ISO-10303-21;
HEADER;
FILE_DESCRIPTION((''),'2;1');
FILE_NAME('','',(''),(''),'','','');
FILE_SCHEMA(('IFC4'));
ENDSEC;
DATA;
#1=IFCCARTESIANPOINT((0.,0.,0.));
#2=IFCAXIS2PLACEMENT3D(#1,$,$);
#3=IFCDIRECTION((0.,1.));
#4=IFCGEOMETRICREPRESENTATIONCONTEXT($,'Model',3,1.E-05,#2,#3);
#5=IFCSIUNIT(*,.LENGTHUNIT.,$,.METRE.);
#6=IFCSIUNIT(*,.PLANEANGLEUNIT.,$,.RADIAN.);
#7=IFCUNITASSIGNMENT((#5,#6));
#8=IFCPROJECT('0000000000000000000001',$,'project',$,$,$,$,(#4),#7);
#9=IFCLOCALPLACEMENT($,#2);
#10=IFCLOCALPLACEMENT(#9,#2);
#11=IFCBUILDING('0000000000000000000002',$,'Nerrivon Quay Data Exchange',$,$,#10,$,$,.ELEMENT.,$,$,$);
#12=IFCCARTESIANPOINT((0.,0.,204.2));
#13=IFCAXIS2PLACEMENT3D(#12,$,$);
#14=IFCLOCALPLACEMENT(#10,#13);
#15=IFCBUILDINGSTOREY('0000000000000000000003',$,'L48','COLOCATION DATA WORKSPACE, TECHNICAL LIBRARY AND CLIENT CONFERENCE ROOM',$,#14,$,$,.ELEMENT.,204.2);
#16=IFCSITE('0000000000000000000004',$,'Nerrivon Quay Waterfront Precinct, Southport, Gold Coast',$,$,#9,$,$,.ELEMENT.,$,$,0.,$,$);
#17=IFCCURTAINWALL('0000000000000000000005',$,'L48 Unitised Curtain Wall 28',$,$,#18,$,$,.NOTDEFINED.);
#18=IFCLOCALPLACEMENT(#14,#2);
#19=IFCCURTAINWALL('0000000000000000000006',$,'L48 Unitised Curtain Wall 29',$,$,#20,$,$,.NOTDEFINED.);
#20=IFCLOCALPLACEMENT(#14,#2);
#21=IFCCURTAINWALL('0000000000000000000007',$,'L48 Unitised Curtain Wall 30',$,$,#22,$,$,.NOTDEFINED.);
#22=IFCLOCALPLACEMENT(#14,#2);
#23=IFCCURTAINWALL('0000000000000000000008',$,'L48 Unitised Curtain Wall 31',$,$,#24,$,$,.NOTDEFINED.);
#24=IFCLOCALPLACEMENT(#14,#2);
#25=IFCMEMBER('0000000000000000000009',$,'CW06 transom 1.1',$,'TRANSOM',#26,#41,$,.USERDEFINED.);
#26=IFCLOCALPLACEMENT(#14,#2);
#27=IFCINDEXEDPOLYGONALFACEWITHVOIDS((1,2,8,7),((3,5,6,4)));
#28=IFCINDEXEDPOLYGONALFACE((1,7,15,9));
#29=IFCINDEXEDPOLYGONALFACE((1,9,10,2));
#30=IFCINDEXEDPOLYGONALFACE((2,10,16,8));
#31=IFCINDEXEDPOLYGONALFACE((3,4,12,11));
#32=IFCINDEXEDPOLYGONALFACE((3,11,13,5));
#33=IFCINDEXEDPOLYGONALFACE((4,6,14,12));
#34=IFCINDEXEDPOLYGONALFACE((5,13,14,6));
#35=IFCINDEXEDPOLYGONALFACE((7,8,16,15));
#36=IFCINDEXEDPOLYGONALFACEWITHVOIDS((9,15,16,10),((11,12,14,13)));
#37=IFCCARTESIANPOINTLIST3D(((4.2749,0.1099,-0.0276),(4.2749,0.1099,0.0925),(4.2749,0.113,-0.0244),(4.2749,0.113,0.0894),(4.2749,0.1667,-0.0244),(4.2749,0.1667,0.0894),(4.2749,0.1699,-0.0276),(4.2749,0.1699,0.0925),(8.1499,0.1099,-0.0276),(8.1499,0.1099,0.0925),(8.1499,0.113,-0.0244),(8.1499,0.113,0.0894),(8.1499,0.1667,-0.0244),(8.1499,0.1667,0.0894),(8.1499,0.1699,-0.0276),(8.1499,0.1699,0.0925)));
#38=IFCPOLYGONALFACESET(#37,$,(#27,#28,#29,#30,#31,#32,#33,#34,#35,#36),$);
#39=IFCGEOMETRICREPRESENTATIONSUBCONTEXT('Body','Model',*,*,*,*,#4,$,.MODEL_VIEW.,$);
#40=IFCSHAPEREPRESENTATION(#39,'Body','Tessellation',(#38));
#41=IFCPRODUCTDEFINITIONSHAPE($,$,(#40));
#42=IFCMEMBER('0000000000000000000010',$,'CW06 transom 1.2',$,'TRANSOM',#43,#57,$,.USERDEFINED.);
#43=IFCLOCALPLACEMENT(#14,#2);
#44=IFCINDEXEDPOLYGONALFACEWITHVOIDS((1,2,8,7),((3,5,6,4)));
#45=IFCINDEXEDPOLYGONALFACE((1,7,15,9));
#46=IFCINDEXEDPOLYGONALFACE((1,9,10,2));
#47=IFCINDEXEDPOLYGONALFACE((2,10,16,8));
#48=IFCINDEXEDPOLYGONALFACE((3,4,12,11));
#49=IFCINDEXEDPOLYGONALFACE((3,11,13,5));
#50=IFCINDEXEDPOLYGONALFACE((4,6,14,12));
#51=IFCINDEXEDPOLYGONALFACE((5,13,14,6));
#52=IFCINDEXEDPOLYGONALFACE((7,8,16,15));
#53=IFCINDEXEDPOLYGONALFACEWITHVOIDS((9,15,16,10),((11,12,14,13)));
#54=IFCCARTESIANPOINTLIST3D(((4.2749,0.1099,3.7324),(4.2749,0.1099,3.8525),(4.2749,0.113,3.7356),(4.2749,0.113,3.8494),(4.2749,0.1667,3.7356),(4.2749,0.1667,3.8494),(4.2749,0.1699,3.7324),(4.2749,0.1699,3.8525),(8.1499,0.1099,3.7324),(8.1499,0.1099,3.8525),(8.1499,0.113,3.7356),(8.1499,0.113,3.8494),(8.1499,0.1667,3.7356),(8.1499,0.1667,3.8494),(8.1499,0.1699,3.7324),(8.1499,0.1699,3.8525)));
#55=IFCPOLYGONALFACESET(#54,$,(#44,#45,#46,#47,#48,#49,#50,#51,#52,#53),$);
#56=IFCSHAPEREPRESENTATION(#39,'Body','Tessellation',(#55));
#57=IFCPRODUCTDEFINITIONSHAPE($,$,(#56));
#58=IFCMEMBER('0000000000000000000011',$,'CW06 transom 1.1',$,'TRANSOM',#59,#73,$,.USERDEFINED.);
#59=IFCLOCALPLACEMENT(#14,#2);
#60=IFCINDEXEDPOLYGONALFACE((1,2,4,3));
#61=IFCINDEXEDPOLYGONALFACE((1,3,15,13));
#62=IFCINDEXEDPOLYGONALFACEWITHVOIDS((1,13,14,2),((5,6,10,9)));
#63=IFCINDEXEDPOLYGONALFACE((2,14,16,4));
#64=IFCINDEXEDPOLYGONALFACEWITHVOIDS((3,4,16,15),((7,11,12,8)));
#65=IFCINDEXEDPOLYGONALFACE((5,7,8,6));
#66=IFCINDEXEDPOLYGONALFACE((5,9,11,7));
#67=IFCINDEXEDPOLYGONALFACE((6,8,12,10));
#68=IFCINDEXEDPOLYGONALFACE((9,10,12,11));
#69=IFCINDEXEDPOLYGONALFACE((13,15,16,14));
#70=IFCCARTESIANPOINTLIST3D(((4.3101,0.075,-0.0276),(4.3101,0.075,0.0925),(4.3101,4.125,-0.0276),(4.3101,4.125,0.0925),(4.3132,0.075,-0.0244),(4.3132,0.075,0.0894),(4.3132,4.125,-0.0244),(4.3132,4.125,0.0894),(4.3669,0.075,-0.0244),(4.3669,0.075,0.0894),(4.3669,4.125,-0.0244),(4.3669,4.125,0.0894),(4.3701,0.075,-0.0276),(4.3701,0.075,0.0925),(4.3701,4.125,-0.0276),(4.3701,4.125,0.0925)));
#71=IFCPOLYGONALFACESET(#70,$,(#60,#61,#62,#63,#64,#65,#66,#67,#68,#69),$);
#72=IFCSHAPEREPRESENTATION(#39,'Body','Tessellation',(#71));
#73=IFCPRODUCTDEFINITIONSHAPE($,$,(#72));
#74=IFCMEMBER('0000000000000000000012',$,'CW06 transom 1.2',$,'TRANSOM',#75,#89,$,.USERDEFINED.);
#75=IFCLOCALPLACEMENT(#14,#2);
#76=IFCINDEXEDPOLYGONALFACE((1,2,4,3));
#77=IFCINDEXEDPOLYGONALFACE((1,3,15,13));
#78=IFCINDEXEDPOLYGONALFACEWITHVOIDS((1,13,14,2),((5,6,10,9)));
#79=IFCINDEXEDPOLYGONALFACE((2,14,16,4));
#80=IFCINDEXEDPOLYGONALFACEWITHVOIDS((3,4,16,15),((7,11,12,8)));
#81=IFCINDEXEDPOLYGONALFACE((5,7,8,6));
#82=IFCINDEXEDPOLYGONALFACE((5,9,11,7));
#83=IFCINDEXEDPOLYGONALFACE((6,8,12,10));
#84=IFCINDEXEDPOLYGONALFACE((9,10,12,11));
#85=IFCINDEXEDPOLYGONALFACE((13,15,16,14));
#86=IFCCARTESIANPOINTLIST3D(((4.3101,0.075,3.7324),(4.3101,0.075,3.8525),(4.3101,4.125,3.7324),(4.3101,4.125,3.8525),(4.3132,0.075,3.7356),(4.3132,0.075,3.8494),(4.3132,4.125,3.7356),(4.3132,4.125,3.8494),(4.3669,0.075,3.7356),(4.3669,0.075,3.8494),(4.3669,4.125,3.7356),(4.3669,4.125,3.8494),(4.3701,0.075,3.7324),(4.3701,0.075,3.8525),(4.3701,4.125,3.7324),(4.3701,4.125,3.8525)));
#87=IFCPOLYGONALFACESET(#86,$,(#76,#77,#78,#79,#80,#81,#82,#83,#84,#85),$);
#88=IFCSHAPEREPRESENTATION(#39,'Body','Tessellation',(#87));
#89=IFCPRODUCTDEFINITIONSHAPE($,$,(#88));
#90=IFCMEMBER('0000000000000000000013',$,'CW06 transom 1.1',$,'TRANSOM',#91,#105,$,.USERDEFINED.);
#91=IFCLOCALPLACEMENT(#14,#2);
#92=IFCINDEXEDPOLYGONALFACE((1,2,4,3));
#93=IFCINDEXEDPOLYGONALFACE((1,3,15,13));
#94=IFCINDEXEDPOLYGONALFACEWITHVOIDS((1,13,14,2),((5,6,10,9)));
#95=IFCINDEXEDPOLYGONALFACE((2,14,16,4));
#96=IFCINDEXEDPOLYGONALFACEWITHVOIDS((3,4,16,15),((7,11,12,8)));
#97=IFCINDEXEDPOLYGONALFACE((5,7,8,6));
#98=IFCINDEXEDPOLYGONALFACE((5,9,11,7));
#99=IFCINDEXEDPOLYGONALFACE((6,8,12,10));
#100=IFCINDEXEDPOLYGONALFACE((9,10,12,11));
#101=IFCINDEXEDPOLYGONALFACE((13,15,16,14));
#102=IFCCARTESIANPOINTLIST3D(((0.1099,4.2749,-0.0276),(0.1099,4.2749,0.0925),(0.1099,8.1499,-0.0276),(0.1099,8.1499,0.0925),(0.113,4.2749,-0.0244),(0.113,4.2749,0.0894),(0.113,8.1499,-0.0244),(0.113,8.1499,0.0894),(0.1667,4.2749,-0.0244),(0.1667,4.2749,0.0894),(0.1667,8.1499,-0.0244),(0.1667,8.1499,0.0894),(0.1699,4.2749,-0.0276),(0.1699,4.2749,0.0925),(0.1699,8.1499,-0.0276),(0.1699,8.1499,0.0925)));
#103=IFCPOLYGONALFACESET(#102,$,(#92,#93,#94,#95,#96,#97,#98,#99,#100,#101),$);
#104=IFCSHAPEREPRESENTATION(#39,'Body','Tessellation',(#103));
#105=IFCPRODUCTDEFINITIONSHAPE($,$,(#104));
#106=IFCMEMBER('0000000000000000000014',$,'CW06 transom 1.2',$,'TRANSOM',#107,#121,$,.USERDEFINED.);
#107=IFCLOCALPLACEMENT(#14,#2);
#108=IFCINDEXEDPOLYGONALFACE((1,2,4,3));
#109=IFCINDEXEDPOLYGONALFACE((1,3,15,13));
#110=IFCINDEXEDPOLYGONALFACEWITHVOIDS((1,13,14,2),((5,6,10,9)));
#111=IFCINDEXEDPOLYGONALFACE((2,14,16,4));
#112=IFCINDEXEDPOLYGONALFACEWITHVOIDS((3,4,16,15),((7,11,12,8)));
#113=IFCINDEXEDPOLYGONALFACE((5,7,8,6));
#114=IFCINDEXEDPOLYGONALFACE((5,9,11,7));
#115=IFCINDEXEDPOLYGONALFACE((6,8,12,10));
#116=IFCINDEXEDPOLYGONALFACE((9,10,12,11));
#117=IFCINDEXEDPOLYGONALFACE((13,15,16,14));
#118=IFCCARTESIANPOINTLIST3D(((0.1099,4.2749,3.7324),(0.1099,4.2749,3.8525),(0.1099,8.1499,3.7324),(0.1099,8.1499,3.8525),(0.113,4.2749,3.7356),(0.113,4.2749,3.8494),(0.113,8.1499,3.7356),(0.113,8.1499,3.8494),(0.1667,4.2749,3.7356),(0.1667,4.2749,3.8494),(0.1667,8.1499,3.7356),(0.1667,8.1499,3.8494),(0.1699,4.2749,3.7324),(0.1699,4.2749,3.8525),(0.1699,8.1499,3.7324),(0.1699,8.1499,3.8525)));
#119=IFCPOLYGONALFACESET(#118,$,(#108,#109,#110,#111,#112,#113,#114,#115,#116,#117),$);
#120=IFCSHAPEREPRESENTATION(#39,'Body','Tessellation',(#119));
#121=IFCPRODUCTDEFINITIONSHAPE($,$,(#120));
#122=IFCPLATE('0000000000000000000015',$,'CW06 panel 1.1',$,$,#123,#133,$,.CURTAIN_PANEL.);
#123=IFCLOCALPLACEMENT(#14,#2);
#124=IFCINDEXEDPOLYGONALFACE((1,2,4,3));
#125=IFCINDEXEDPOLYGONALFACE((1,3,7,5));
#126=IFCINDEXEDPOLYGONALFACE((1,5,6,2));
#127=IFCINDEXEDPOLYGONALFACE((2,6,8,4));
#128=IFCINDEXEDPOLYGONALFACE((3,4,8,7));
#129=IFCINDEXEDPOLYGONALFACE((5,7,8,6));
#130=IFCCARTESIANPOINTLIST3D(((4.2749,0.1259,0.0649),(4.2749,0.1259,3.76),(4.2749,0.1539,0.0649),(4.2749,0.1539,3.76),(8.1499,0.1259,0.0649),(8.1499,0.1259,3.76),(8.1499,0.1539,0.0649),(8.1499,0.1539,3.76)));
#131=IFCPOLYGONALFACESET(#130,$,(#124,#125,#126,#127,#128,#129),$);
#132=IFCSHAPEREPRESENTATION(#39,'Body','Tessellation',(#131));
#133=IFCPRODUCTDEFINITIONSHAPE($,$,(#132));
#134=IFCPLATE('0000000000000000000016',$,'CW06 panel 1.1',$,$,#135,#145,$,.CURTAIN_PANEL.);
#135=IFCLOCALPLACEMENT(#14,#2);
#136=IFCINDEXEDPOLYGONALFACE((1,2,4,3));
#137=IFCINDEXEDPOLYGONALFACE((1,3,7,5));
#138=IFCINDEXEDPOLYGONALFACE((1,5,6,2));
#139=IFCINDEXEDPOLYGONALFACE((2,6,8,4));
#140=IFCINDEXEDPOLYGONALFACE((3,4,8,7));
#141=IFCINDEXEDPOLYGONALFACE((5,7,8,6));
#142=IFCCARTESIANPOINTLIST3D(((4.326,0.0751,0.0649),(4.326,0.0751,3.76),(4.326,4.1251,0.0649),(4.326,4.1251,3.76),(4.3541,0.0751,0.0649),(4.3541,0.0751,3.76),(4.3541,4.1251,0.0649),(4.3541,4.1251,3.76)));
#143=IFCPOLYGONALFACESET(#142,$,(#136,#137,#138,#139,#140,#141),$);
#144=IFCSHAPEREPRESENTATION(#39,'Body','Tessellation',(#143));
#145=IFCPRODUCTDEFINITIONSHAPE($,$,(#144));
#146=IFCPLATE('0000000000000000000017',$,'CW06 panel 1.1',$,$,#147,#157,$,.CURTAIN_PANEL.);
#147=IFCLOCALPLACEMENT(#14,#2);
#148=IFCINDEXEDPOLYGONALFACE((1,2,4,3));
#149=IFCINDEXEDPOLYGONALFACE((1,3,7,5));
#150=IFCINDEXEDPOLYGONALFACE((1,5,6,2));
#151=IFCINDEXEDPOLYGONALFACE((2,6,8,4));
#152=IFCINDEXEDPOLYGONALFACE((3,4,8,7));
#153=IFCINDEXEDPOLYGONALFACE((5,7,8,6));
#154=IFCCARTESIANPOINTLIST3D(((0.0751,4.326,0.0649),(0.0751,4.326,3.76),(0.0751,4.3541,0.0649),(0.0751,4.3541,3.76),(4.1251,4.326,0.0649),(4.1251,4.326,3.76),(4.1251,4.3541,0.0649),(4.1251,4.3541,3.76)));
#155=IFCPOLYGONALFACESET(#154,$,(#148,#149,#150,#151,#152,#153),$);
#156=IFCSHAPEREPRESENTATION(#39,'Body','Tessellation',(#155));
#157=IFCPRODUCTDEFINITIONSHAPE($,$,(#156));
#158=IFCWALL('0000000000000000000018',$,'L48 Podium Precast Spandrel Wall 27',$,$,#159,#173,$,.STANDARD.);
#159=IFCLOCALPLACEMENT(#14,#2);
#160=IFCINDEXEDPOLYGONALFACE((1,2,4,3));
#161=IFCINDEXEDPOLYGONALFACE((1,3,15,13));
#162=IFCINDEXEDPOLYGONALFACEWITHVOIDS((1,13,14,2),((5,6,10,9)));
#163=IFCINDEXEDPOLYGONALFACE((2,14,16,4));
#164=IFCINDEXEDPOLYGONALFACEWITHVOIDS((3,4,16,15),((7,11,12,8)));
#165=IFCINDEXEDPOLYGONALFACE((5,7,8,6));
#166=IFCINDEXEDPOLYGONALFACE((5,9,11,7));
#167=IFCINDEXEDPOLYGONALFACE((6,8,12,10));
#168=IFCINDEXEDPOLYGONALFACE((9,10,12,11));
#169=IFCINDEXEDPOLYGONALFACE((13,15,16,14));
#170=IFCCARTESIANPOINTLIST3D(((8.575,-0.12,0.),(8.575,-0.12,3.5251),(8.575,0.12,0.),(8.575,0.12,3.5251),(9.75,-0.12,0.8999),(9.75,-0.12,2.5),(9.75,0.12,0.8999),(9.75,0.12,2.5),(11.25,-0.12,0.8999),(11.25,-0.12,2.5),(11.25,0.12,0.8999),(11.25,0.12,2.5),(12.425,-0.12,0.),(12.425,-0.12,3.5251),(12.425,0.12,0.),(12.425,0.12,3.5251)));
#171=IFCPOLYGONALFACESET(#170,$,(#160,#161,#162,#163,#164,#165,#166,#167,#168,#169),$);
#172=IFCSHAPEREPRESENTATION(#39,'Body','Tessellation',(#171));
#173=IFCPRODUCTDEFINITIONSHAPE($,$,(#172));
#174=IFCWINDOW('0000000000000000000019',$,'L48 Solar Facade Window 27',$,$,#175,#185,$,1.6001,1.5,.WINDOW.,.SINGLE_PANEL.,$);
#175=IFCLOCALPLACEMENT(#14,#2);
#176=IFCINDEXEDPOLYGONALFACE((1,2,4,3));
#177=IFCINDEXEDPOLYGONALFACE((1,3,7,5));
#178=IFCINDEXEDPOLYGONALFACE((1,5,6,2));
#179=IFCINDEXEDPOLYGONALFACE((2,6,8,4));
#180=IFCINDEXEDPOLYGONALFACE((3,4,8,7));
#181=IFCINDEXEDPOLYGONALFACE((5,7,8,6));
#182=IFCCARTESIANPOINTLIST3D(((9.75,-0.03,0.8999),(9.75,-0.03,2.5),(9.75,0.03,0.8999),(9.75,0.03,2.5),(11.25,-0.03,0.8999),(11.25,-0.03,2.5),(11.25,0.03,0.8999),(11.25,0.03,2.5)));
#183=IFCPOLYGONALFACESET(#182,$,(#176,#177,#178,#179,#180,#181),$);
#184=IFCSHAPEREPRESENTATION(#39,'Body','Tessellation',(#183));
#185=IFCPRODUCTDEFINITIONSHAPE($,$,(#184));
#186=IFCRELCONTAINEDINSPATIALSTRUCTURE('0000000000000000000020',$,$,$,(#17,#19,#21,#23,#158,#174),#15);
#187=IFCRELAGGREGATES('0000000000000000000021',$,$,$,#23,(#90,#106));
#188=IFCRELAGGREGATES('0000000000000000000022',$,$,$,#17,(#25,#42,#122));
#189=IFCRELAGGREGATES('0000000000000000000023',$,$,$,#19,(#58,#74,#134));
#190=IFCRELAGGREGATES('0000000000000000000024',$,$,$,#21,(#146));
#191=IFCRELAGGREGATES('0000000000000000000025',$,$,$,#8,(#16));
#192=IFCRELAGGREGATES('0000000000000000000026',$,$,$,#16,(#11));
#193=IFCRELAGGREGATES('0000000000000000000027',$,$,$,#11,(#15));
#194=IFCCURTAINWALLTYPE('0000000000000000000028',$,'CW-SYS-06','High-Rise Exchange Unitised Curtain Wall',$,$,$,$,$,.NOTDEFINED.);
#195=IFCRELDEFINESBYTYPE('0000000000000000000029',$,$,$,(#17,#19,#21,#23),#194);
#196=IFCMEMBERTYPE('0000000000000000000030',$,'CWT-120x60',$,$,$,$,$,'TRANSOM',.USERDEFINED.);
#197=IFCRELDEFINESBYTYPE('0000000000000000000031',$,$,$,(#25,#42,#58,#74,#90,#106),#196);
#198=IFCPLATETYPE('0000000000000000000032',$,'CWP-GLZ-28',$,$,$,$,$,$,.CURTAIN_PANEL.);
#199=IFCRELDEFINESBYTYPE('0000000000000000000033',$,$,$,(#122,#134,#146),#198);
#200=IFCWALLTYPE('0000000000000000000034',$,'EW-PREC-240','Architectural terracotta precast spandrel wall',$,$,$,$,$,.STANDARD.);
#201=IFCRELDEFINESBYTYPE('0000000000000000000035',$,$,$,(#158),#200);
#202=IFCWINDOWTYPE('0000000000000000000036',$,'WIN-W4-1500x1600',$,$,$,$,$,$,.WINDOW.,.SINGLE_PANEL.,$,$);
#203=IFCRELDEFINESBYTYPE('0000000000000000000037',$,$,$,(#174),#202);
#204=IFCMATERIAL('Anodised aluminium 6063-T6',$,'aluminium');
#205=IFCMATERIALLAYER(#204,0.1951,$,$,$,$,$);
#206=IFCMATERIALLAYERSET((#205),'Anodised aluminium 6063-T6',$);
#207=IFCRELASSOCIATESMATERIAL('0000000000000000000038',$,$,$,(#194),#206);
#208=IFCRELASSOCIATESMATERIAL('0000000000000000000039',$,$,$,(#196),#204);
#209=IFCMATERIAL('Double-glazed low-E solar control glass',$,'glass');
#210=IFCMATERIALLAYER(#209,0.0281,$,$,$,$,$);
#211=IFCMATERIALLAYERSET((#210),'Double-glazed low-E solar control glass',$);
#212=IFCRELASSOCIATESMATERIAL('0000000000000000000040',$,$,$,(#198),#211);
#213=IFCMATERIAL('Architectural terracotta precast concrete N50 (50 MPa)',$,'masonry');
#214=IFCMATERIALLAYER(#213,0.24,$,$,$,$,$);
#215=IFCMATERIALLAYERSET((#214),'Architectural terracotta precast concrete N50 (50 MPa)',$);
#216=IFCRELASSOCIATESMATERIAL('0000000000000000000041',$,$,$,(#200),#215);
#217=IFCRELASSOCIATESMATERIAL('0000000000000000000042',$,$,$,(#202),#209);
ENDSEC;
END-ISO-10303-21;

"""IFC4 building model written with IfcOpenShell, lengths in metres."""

from ifc_helpers import new_model, si_unit, direction, frame, frame_2d, origin, origin_2d, place, context, subcontext, project, spatial, rectangle, hollow_rectangle, extrude, material, layer, layer_set, material_profile, profile_set, type_object, element, fill, aggregate, save


model = new_model("IFC4")

# Units and contexts
model_context = context("Model", 3, precision=1e-05, world=origin(), true_north=direction((0.0, 1.0)))
body_context = subcontext(model_context, "Body", "Model", "MODEL_VIEW")
ifc_project = project(units=[si_unit("LENGTHUNIT", "METRE"), si_unit("PLANEANGLEUNIT", "RADIAN")], contexts=[model_context])

# Site, building, storey
site_placement = place(None, origin())
site = spatial("IfcSite", under=ifc_project, at=site_placement, Name="Nerrivon Quay Waterfront Precinct, Southport, Gold Coast", CompositionType="ELEMENT", RefElevation=0.0)
building_placement = place(site_placement, origin())
building = spatial("IfcBuilding", under=site, at=building_placement, Name="Nerrivon Quay Data Exchange", CompositionType="ELEMENT")
storey_placement = place(building_placement, frame((0.0, 0.0, 204.2)))
storey = spatial("IfcBuildingStorey", under=building, at=storey_placement, Name="L48", Description="COLOCATION DATA WORKSPACE, TECHNICAL LIBRARY AND CLIENT CONFERENCE ROOM", CompositionType="ELEMENT", Elevation=204.2)

# Shared definitions
ifc_material_1 = material(Name="Anodised aluminium 6063-T6", Category="aluminium")
ifc_layer_1 = layer(ifc_material_1, 0.1951)
ifc_layer_set_1 = layer_set([ifc_layer_1], Name="Anodised aluminium 6063-T6")
curtain_wall_type = type_object("IfcCurtainWallType", Name="CW-SYS-06", Description="High-Rise Exchange Unitised Curtain Wall", PredefinedType="NOTDEFINED", material=ifc_layer_set_1)

# Curtain walls
curtain_wall_1_placement = place(storey_placement, origin())
curtain_wall_1 = element("IfcCurtainWall", 1, at=curtain_wall_1_placement, inside=storey, type_object=curtain_wall_type, Name="L48 Unitised Curtain Wall 28", PredefinedType="NOTDEFINED")
curtain_wall_2_placement = place(storey_placement, origin())
curtain_wall_2 = element("IfcCurtainWall", 2, at=curtain_wall_2_placement, inside=storey, type_object=curtain_wall_type, Name="L48 Unitised Curtain Wall 29", PredefinedType="NOTDEFINED")

# Curtain walls
curtain_wall_3_placement = place(storey_placement, origin())
curtain_wall_3 = element("IfcCurtainWall", 3, at=curtain_wall_3_placement, inside=storey, type_object=curtain_wall_type, Name="L48 Unitised Curtain Wall 30", PredefinedType="NOTDEFINED")
curtain_wall_4_placement = place(storey_placement, origin())
curtain_wall_4 = element("IfcCurtainWall", 4, at=curtain_wall_4_placement, inside=storey, type_object=curtain_wall_type, Name="L48 Unitised Curtain Wall 31", PredefinedType="NOTDEFINED")

# Members
ifc_material_profile_1 = material_profile(ifc_material_1, hollow_rectangle(XDim=0.0601, YDim=0.1201, WallThickness=0.0032, at=origin_2d()), Name="ALU-TRAN-120x60")
ifc_profile_set_1 = profile_set([ifc_material_profile_1], Name="Anodised aluminium 6063-T6")
member_type_1 = type_object("IfcMemberType", Name="CWT-120x60", ElementType="TRANSOM", PredefinedType="USERDEFINED", material=ifc_profile_set_1)
member_1_placement = place(storey_placement, frame((8.1499, 0.1399, 0.0325), z_axis=(-1.0, 0.0, 0.0), x_axis=(0.0, -1.0, 0.0)))
member_1 = element("IfcMember", 5, at=member_1_placement, type_object=member_type_1, Name="CW06 transom 1.1", ObjectType="TRANSOM", PredefinedType="USERDEFINED", context=body_context, shape_type="SweptSolid", body=[
    extrude(hollow_rectangle(XDim=0.0601, YDim=0.1201, WallThickness=0.0032, at=origin_2d()), origin(), (0.0, 0.0, 1.0), 3.875),
])
member_2_placement = place(storey_placement, frame((8.1499, 0.1399, 3.7925), z_axis=(-1.0, 0.0, 0.0), x_axis=(0.0, -1.0, 0.0)))
member_2 = element("IfcMember", 6, at=member_2_placement, type_object=member_type_1, Name="CW06 transom 1.2", ObjectType="TRANSOM", PredefinedType="USERDEFINED", context=body_context, shape_type="SweptSolid", body=[
    extrude(hollow_rectangle(XDim=0.0601, YDim=0.1201, WallThickness=0.0032, at=origin_2d()), origin(), (0.0, 0.0, 1.0), 3.875),
])
member_3_placement = place(storey_placement, frame((4.3401, 0.075, 0.0325), z_axis=(0.0, 1.0, 0.0), x_axis=(-1.0, 0.0, 0.0)))
member_3 = element("IfcMember", 7, at=member_3_placement, type_object=member_type_1, Name="CW06 transom 1.1", ObjectType="TRANSOM", PredefinedType="USERDEFINED", context=body_context, shape_type="SweptSolid", body=[
    extrude(hollow_rectangle(XDim=0.0601, YDim=0.1201, WallThickness=0.0032, at=origin_2d()), origin(), (0.0, 0.0, 1.0), 4.05),
])
member_4_placement = place(storey_placement, frame((4.3401, 0.075, 3.7925), z_axis=(0.0, 1.0, 0.0), x_axis=(-1.0, 0.0, 0.0)))
member_4 = element("IfcMember", 8, at=member_4_placement, type_object=member_type_1, Name="CW06 transom 1.2", ObjectType="TRANSOM", PredefinedType="USERDEFINED", context=body_context, shape_type="SweptSolid", body=[
    extrude(hollow_rectangle(XDim=0.0601, YDim=0.1201, WallThickness=0.0032, at=origin_2d()), origin(), (0.0, 0.0, 1.0), 4.05),
])
member_5_placement = place(storey_placement, frame((0.1399, 4.2749, 0.0325), z_axis=(0.0, 1.0, 0.0), x_axis=(-1.0, 0.0, 0.0)))
member_5 = element("IfcMember", 9, at=member_5_placement, type_object=member_type_1, Name="CW06 transom 1.1", ObjectType="TRANSOM", PredefinedType="USERDEFINED", context=body_context, shape_type="SweptSolid", body=[
    extrude(hollow_rectangle(XDim=0.0601, YDim=0.1201, WallThickness=0.0032, at=origin_2d()), origin(), (0.0, 0.0, 1.0), 3.875),
])
member_6_placement = place(storey_placement, frame((0.1399, 4.2749, 3.7925), z_axis=(0.0, 1.0, 0.0), x_axis=(-1.0, 0.0, 0.0)))
member_6 = element("IfcMember", 10, at=member_6_placement, type_object=member_type_1, Name="CW06 transom 1.2", ObjectType="TRANSOM", PredefinedType="USERDEFINED", context=body_context, shape_type="SweptSolid", body=[
    extrude(hollow_rectangle(XDim=0.0601, YDim=0.1201, WallThickness=0.0032, at=origin_2d()), origin(), (0.0, 0.0, 1.0), 3.875),
])
aggregate(curtain_wall_4, [member_5, member_6])

# Plates
ifc_material_2 = material(Name="Double-glazed low-E solar control glass", Category="glass")
ifc_layer_2 = layer(ifc_material_2, 0.0281)
ifc_layer_set_2 = layer_set([ifc_layer_2], Name="Double-glazed low-E solar control glass")
plate_type = type_object("IfcPlateType", Name="CWP-GLZ-28", PredefinedType="CURTAIN_PANEL", material=ifc_layer_set_2)
plate_1_placement = place(storey_placement, frame((6.2124, 0.1399, 0.0649), z_axis=(0.0, 0.0, 1.0), x_axis=(-1.0, 0.0, 0.0)))
plate_1 = element("IfcPlate", 11, at=plate_1_placement, type_object=plate_type, Name="CW06 panel 1.1", PredefinedType="CURTAIN_PANEL", context=body_context, shape_type="SweptSolid", body=[
    extrude(rectangle(XDim=3.875, YDim=0.0281, at=origin_2d()), origin(), (0.0, 0.0, 1.0), 3.6951),
])
aggregate(curtain_wall_1, [member_1, member_2, plate_1])
plate_2_placement = place(storey_placement, frame((4.3401, 2.1001, 0.0649), z_axis=(0.0, 0.0, 1.0), x_axis=(0.0, 1.0, 0.0)))
plate_2 = element("IfcPlate", 12, at=plate_2_placement, type_object=plate_type, Name="CW06 panel 1.1", PredefinedType="CURTAIN_PANEL", context=body_context, shape_type="SweptSolid", body=[
    extrude(rectangle(XDim=4.05, YDim=0.0281, at=origin_2d()), origin(), (0.0, 0.0, 1.0), 3.6951),
])
aggregate(curtain_wall_2, [member_3, member_4, plate_2])
plate_3_placement = place(storey_placement, frame((2.1001, 4.3401, 0.0649), z_axis=(0.0, 0.0, 1.0), x_axis=(-1.0, 0.0, 0.0)))
plate_3 = element("IfcPlate", 13, at=plate_3_placement, type_object=plate_type, Name="CW06 panel 1.1", PredefinedType="CURTAIN_PANEL", context=body_context, shape_type="SweptSolid", body=[
    extrude(rectangle(XDim=4.05, YDim=0.0281, at=origin_2d()), origin(), (0.0, 0.0, 1.0), 3.6951),
])
aggregate(curtain_wall_3, [plate_3])

# Wall, opening, window
ifc_material_3 = material(Name="Architectural terracotta precast concrete N50 (50 MPa)", Category="masonry")
ifc_layer_3 = layer(ifc_material_3, 0.24)
ifc_layer_set_3 = layer_set([ifc_layer_3], Name="Architectural terracotta precast concrete N50 (50 MPa)")
wall_type = type_object("IfcWallType", Name="EW-PREC-240", Description="Architectural terracotta precast spandrel wall", PredefinedType="STANDARD", material=ifc_layer_set_3)
wall_placement = place(storey_placement, frame((12.425, 0.0, 0.0), z_axis=(0.0, 0.0, 1.0), x_axis=(-1.0, 0.0, 0.0)))
wall = element("IfcWall", 14, at=wall_placement, inside=storey, type_object=wall_type, Name="L48 Podium Precast Spandrel Wall 27", PredefinedType="STANDARD", context=body_context, shape_type="SweptSolid", body=[
    extrude(rectangle(XDim=3.8501, YDim=0.24, at=frame_2d((1.925, 0.0))), origin(), (0.0, 0.0, 1.0), 3.5251),
])
opening_placement = place(wall_placement, frame((1.175, 0.0, 0.8999)))
opening = element("IfcOpeningElement", 15, at=opening_placement, cuts=wall, PredefinedType="OPENING", context=body_context, shape_type="SweptSolid", body=[
    extrude(rectangle(XDim=1.5, YDim=1.6001, at=frame_2d((0.75, 0.8))), frame((0.0, 0.1299, 0.0), z_axis=(0.0, -1.0, 0.0), x_axis=(1.0, 0.0, 0.0)), (0.0, 0.0, 1.0), 0.26),
])
window_type = type_object("IfcWindowType", Name="WIN-W4-1500x1600", PartitioningType="SINGLE_PANEL", PredefinedType="WINDOW", material=ifc_material_2)
window_placement = place(opening_placement, origin())
window = element("IfcWindow", 16, at=window_placement, inside=storey, type_object=window_type, Name="L48 Solar Facade Window 27", OverallHeight=1.6001, OverallWidth=1.5, PartitioningType="SINGLE_PANEL", PredefinedType="WINDOW", context=body_context, shape_type="SweptSolid", body=[
    extrude(rectangle(XDim=1.5, YDim=1.6001, at=frame_2d((0.75, 0.8))), frame((0.0, 0.03, 0.0), z_axis=(0.0, -1.0, 0.0), x_axis=(1.0, 0.0, 0.0)), (0.0, 0.0, 1.0), 0.0601),
])
fill(opening, window)

save(model, "model.ifc")
